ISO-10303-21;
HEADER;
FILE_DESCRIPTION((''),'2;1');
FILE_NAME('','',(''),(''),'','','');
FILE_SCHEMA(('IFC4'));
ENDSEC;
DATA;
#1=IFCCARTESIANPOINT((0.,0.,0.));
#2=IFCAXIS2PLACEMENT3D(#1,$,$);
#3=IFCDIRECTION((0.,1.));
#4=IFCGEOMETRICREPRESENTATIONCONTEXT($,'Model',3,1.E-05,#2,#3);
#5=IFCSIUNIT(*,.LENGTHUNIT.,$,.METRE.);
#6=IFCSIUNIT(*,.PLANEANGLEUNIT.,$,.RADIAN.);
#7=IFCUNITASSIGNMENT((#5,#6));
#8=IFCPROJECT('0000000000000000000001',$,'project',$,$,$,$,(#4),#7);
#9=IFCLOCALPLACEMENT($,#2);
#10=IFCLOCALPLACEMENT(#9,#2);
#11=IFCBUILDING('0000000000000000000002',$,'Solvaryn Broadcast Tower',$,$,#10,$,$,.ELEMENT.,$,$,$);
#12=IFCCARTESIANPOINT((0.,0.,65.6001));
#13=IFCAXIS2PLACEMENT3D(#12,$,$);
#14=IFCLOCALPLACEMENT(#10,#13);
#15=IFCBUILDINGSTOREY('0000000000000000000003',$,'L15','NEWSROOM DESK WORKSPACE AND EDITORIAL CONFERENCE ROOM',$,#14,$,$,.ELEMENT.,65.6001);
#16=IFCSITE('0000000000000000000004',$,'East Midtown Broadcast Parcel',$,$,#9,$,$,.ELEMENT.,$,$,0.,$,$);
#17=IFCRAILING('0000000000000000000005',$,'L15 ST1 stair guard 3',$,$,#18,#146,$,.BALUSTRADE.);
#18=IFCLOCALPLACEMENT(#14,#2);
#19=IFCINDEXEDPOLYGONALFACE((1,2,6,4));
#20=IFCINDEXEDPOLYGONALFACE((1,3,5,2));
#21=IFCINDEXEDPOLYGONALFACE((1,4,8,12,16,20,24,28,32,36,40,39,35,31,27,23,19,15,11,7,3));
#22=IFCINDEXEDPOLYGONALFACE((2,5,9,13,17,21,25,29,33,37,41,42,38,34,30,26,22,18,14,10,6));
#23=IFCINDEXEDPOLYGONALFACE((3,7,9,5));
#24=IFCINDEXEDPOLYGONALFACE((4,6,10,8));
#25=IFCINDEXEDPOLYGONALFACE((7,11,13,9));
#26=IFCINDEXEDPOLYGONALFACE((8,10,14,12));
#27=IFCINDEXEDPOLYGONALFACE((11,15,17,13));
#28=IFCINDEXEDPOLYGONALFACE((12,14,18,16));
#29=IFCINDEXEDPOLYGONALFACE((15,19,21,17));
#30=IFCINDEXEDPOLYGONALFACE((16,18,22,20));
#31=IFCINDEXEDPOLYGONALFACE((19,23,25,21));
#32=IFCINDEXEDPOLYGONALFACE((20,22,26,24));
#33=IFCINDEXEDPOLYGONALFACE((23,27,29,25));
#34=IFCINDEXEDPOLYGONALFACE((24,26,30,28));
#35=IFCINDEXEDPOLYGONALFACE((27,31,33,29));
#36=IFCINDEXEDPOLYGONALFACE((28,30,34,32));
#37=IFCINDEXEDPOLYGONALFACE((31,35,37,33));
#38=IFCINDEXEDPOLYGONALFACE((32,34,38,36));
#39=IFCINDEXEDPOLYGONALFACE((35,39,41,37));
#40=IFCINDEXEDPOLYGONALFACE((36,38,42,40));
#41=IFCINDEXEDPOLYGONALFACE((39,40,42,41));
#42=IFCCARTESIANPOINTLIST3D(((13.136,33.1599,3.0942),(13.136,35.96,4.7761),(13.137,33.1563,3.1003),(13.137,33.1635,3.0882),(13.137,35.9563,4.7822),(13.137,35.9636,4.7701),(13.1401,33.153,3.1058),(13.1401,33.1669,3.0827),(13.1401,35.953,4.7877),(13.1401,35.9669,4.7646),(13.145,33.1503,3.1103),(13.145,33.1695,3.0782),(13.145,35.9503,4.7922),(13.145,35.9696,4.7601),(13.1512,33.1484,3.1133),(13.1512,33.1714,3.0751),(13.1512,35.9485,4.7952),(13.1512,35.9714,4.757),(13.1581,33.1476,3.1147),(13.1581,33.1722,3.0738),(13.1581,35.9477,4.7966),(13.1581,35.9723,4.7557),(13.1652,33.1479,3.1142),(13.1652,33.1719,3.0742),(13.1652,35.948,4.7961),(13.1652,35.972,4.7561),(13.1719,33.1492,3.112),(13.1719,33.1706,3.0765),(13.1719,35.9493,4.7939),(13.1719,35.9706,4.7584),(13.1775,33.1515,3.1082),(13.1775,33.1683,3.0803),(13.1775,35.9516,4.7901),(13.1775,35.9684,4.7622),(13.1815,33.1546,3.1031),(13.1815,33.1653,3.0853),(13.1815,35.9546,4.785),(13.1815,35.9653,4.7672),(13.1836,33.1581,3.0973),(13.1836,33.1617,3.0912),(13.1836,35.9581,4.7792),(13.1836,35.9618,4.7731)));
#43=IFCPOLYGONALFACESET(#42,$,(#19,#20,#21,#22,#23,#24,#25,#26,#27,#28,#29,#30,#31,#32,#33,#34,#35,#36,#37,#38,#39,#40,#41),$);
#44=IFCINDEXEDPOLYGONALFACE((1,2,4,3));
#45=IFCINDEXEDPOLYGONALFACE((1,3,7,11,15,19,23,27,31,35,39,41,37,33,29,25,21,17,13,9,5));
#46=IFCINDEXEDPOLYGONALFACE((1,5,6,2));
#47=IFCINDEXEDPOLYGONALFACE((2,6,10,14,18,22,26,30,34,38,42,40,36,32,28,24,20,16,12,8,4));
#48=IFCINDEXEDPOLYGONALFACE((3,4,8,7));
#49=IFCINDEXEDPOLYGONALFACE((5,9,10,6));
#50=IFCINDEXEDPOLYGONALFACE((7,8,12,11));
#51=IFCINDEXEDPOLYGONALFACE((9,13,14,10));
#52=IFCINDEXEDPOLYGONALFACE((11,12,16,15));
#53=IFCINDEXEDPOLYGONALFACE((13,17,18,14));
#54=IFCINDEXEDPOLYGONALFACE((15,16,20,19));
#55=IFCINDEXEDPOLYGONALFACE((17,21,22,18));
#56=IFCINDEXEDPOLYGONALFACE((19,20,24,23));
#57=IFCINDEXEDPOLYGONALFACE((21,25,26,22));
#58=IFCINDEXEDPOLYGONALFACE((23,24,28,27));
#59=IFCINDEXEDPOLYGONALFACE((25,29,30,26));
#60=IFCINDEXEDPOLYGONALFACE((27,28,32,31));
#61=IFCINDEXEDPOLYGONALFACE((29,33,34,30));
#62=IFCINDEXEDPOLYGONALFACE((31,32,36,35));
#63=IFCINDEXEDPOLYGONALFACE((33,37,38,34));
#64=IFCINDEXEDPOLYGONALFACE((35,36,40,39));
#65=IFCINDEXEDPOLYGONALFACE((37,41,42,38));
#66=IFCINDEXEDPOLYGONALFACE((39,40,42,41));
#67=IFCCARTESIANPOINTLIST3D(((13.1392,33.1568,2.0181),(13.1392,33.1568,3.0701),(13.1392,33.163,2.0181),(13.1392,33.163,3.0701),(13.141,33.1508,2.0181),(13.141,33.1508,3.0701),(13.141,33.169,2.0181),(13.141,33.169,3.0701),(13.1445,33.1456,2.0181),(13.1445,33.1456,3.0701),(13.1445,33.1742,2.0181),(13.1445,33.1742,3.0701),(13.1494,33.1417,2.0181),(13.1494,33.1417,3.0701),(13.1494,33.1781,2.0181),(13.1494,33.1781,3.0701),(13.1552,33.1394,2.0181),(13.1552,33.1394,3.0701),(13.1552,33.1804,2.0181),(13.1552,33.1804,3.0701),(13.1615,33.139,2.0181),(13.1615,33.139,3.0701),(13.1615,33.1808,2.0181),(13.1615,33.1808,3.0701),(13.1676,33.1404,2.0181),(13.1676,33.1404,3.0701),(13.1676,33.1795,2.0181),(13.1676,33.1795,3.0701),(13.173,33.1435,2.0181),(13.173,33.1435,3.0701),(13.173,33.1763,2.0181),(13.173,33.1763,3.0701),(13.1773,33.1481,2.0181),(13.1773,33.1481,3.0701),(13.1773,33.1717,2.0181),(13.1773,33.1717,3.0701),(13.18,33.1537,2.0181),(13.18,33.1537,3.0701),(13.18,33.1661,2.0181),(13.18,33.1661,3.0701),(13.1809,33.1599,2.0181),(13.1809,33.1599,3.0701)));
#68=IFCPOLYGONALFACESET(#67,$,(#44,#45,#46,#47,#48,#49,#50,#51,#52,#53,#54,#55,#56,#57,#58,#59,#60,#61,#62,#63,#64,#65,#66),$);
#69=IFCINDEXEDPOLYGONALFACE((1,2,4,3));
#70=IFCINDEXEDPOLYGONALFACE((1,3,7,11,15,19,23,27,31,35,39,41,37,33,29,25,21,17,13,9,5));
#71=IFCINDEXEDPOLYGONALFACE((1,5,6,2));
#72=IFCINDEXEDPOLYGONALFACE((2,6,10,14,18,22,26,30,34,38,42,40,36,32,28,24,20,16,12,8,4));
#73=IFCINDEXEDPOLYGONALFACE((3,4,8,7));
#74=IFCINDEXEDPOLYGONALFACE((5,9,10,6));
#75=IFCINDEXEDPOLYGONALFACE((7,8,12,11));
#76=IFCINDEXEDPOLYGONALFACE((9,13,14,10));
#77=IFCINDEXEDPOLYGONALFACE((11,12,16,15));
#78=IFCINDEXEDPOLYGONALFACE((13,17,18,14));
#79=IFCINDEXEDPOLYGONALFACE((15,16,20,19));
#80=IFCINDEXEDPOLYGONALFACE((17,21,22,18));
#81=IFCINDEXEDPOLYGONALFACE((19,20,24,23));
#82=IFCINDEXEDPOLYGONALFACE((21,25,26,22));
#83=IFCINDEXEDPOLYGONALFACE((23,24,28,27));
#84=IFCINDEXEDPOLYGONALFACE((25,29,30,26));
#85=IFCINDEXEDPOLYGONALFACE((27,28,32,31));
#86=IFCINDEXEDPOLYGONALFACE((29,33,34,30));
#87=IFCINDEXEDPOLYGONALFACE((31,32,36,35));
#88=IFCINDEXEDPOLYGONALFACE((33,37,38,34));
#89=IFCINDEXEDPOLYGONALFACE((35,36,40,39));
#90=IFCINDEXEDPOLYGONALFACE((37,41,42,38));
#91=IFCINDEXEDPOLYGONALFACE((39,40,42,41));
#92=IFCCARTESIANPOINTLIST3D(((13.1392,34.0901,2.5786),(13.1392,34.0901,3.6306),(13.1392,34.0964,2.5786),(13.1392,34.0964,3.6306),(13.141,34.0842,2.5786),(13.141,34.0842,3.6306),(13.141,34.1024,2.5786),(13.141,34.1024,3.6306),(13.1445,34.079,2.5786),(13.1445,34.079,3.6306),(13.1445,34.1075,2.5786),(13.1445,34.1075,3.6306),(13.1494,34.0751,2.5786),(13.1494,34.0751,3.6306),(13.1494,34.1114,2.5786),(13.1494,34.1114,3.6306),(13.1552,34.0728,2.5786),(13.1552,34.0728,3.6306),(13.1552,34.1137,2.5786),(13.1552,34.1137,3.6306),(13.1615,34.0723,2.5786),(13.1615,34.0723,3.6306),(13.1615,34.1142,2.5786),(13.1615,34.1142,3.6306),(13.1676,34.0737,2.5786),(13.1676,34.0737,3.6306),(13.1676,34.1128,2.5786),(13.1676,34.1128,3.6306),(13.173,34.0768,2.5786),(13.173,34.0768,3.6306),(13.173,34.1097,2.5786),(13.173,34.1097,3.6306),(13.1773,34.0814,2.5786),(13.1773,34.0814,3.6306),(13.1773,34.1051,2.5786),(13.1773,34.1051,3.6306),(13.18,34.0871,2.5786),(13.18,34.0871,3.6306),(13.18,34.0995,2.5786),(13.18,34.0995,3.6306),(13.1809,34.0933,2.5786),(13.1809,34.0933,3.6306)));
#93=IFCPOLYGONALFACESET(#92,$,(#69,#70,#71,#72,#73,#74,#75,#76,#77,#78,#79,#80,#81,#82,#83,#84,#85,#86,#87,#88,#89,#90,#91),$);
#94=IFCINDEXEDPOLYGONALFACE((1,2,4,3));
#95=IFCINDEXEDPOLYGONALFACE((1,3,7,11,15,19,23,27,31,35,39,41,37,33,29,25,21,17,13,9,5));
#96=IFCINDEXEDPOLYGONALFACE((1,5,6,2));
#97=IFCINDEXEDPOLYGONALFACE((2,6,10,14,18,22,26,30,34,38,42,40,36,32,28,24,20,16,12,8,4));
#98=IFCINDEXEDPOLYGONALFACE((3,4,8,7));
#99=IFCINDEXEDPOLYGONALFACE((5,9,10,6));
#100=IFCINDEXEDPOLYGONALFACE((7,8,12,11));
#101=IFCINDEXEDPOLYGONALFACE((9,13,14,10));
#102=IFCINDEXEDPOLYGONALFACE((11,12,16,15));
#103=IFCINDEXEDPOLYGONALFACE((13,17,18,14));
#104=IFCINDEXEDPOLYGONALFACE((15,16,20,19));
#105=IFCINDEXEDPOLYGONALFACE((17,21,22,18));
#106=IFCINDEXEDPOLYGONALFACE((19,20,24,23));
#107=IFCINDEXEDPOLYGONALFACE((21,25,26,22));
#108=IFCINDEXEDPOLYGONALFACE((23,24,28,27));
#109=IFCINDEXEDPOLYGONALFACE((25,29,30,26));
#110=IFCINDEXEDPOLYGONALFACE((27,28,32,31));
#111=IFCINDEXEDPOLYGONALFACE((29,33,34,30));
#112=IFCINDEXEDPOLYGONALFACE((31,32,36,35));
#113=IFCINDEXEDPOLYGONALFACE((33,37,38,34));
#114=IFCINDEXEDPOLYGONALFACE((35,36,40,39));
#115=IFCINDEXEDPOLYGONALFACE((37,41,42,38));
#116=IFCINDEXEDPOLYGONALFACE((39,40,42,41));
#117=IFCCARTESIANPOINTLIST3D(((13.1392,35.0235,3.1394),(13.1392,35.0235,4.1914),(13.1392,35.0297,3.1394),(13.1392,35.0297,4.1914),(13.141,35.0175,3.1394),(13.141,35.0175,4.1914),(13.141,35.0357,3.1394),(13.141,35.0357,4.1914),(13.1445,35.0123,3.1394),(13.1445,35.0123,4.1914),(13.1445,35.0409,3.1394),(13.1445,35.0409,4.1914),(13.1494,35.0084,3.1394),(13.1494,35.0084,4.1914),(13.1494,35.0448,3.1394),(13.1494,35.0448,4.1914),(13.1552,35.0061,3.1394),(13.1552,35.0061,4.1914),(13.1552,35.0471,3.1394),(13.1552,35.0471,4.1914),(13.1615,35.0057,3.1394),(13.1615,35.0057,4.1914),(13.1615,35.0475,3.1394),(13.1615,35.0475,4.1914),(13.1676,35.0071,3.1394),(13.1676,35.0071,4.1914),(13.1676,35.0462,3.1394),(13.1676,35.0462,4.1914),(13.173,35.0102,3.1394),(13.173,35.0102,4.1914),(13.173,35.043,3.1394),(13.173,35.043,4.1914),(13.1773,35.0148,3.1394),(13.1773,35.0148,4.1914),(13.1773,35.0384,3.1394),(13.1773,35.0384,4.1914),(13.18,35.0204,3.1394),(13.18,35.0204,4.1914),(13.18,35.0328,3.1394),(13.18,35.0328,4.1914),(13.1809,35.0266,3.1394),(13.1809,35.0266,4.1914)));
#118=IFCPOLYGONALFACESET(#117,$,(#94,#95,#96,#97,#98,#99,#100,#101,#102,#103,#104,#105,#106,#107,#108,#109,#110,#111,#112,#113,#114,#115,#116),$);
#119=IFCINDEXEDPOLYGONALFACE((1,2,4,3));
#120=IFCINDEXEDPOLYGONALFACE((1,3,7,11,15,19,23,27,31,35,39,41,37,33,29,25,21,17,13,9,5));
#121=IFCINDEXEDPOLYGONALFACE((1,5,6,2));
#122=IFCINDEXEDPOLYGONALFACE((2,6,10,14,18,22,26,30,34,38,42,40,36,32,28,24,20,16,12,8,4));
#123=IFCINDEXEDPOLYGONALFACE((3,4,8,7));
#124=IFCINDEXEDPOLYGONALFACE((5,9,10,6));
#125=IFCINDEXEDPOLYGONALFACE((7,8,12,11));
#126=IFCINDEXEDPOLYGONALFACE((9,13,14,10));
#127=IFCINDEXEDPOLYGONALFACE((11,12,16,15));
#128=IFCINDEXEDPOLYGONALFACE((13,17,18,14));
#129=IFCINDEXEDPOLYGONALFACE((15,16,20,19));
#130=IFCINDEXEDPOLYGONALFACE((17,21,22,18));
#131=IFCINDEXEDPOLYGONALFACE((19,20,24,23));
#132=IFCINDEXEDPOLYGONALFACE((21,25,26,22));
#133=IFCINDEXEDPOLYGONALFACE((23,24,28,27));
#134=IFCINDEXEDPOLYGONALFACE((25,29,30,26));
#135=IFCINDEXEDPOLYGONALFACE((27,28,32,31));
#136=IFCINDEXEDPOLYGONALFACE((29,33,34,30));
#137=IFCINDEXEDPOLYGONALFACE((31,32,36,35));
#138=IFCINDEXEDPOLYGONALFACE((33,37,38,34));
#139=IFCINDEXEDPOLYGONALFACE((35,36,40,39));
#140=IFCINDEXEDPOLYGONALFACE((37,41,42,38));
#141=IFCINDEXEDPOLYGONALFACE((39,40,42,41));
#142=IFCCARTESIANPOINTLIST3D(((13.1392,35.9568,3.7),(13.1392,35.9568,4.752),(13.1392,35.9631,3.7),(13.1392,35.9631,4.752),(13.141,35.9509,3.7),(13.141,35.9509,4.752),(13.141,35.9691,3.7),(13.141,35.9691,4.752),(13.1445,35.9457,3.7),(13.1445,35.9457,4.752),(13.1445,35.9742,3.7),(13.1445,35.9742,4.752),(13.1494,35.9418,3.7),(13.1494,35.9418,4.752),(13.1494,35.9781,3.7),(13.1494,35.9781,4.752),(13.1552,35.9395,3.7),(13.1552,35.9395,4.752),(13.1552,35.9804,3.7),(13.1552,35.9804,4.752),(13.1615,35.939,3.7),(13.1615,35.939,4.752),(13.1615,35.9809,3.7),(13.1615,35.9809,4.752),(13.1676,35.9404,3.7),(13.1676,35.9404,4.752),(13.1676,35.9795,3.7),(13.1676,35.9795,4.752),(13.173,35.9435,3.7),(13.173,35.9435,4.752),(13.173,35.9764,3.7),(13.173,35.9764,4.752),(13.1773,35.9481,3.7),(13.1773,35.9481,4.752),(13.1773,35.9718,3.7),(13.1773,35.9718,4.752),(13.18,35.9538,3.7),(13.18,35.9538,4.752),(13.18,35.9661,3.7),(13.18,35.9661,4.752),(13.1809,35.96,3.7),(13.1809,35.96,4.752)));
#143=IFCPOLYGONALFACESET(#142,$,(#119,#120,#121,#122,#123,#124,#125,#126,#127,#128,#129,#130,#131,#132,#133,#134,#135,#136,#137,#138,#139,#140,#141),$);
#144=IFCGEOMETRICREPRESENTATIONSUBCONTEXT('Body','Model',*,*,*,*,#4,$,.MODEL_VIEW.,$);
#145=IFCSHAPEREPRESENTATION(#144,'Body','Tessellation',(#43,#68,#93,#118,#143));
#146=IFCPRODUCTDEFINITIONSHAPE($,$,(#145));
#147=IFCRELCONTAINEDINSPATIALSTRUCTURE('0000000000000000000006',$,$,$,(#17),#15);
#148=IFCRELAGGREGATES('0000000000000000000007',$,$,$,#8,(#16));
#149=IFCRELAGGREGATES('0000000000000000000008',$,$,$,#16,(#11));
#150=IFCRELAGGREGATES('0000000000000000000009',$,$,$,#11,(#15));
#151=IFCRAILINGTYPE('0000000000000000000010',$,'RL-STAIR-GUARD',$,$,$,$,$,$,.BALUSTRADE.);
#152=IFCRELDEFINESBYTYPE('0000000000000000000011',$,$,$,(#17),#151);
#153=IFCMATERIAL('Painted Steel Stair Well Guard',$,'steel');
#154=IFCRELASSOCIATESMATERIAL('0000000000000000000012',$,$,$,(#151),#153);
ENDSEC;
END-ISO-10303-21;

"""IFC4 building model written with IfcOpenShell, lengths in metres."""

from ifc_helpers import new_model, si_unit, direction, frame, origin, origin_2d, place, context, subcontext, project, spatial, circle, extrude, material, type_object, element, save


model = new_model("IFC4")

# Units and contexts
model_context = context("Model", 3, precision=1e-05, world=origin(), true_north=direction((0.0, 1.0)))
body_context = subcontext(model_context, "Body", "Model", "MODEL_VIEW")
ifc_project = project(units=[si_unit("LENGTHUNIT", "METRE"), si_unit("PLANEANGLEUNIT", "RADIAN")], contexts=[model_context])

# Site, building, storey
site_placement = place(None, origin())
site = spatial("IfcSite", under=ifc_project, at=site_placement, Name="East Midtown Broadcast Parcel", CompositionType="ELEMENT", RefElevation=0.0)
building_placement = place(site_placement, origin())
building = spatial("IfcBuilding", under=site, at=building_placement, Name="Solvaryn Broadcast Tower", CompositionType="ELEMENT")
storey_placement = place(building_placement, frame((0.0, 0.0, 65.6001)))
storey = spatial("IfcBuildingStorey", under=building, at=storey_placement, Name="L15", Description="NEWSROOM DESK WORKSPACE AND EDITORIAL CONFERENCE ROOM", CompositionType="ELEMENT", Elevation=65.6001)

# Railing
ifc_material_1 = material(Name="Painted Steel Stair Well Guard", Category="steel")
railing_type_1 = type_object("IfcRailingType", Name="RL-STAIR-GUARD", PredefinedType="BALUSTRADE", material=ifc_material_1)
railing_1_placement = place(storey_placement, frame((13.1599, 33.1599, 2.0181)))
element("IfcRailing", 1, at=railing_1_placement, inside=storey, type_object=railing_type_1, Name="L15 ST1 stair guard 3", PredefinedType="BALUSTRADE", context=body_context, shape_type="SweptSolid", body=[
    extrude(circle(Radius=0.0239, at=origin_2d()), frame((0.0, 0.0, 1.0762), z_axis=(0.0, 0.857242, 0.514913), x_axis=(-1.0, 0.0, 0.0)), (0.0, 0.0, 1.0), 3.2664),
    extrude(circle(Radius=0.021, at=origin_2d()), origin(), (0.0, 0.0, 1.0), 1.052),
    extrude(circle(Radius=0.021, at=origin_2d()), frame((0.0, 0.9333, 0.5605)), (0.0, 0.0, 1.0), 1.052),
    extrude(circle(Radius=0.021, at=origin_2d()), frame((0.0, 1.8667, 1.1213)), (0.0, 0.0, 1.0), 1.052),
    extrude(circle(Radius=0.021, at=origin_2d()), frame((0.0, 2.8, 1.6819)), (0.0, 0.0, 1.0), 1.052),
])

save(model, "model.ifc")
